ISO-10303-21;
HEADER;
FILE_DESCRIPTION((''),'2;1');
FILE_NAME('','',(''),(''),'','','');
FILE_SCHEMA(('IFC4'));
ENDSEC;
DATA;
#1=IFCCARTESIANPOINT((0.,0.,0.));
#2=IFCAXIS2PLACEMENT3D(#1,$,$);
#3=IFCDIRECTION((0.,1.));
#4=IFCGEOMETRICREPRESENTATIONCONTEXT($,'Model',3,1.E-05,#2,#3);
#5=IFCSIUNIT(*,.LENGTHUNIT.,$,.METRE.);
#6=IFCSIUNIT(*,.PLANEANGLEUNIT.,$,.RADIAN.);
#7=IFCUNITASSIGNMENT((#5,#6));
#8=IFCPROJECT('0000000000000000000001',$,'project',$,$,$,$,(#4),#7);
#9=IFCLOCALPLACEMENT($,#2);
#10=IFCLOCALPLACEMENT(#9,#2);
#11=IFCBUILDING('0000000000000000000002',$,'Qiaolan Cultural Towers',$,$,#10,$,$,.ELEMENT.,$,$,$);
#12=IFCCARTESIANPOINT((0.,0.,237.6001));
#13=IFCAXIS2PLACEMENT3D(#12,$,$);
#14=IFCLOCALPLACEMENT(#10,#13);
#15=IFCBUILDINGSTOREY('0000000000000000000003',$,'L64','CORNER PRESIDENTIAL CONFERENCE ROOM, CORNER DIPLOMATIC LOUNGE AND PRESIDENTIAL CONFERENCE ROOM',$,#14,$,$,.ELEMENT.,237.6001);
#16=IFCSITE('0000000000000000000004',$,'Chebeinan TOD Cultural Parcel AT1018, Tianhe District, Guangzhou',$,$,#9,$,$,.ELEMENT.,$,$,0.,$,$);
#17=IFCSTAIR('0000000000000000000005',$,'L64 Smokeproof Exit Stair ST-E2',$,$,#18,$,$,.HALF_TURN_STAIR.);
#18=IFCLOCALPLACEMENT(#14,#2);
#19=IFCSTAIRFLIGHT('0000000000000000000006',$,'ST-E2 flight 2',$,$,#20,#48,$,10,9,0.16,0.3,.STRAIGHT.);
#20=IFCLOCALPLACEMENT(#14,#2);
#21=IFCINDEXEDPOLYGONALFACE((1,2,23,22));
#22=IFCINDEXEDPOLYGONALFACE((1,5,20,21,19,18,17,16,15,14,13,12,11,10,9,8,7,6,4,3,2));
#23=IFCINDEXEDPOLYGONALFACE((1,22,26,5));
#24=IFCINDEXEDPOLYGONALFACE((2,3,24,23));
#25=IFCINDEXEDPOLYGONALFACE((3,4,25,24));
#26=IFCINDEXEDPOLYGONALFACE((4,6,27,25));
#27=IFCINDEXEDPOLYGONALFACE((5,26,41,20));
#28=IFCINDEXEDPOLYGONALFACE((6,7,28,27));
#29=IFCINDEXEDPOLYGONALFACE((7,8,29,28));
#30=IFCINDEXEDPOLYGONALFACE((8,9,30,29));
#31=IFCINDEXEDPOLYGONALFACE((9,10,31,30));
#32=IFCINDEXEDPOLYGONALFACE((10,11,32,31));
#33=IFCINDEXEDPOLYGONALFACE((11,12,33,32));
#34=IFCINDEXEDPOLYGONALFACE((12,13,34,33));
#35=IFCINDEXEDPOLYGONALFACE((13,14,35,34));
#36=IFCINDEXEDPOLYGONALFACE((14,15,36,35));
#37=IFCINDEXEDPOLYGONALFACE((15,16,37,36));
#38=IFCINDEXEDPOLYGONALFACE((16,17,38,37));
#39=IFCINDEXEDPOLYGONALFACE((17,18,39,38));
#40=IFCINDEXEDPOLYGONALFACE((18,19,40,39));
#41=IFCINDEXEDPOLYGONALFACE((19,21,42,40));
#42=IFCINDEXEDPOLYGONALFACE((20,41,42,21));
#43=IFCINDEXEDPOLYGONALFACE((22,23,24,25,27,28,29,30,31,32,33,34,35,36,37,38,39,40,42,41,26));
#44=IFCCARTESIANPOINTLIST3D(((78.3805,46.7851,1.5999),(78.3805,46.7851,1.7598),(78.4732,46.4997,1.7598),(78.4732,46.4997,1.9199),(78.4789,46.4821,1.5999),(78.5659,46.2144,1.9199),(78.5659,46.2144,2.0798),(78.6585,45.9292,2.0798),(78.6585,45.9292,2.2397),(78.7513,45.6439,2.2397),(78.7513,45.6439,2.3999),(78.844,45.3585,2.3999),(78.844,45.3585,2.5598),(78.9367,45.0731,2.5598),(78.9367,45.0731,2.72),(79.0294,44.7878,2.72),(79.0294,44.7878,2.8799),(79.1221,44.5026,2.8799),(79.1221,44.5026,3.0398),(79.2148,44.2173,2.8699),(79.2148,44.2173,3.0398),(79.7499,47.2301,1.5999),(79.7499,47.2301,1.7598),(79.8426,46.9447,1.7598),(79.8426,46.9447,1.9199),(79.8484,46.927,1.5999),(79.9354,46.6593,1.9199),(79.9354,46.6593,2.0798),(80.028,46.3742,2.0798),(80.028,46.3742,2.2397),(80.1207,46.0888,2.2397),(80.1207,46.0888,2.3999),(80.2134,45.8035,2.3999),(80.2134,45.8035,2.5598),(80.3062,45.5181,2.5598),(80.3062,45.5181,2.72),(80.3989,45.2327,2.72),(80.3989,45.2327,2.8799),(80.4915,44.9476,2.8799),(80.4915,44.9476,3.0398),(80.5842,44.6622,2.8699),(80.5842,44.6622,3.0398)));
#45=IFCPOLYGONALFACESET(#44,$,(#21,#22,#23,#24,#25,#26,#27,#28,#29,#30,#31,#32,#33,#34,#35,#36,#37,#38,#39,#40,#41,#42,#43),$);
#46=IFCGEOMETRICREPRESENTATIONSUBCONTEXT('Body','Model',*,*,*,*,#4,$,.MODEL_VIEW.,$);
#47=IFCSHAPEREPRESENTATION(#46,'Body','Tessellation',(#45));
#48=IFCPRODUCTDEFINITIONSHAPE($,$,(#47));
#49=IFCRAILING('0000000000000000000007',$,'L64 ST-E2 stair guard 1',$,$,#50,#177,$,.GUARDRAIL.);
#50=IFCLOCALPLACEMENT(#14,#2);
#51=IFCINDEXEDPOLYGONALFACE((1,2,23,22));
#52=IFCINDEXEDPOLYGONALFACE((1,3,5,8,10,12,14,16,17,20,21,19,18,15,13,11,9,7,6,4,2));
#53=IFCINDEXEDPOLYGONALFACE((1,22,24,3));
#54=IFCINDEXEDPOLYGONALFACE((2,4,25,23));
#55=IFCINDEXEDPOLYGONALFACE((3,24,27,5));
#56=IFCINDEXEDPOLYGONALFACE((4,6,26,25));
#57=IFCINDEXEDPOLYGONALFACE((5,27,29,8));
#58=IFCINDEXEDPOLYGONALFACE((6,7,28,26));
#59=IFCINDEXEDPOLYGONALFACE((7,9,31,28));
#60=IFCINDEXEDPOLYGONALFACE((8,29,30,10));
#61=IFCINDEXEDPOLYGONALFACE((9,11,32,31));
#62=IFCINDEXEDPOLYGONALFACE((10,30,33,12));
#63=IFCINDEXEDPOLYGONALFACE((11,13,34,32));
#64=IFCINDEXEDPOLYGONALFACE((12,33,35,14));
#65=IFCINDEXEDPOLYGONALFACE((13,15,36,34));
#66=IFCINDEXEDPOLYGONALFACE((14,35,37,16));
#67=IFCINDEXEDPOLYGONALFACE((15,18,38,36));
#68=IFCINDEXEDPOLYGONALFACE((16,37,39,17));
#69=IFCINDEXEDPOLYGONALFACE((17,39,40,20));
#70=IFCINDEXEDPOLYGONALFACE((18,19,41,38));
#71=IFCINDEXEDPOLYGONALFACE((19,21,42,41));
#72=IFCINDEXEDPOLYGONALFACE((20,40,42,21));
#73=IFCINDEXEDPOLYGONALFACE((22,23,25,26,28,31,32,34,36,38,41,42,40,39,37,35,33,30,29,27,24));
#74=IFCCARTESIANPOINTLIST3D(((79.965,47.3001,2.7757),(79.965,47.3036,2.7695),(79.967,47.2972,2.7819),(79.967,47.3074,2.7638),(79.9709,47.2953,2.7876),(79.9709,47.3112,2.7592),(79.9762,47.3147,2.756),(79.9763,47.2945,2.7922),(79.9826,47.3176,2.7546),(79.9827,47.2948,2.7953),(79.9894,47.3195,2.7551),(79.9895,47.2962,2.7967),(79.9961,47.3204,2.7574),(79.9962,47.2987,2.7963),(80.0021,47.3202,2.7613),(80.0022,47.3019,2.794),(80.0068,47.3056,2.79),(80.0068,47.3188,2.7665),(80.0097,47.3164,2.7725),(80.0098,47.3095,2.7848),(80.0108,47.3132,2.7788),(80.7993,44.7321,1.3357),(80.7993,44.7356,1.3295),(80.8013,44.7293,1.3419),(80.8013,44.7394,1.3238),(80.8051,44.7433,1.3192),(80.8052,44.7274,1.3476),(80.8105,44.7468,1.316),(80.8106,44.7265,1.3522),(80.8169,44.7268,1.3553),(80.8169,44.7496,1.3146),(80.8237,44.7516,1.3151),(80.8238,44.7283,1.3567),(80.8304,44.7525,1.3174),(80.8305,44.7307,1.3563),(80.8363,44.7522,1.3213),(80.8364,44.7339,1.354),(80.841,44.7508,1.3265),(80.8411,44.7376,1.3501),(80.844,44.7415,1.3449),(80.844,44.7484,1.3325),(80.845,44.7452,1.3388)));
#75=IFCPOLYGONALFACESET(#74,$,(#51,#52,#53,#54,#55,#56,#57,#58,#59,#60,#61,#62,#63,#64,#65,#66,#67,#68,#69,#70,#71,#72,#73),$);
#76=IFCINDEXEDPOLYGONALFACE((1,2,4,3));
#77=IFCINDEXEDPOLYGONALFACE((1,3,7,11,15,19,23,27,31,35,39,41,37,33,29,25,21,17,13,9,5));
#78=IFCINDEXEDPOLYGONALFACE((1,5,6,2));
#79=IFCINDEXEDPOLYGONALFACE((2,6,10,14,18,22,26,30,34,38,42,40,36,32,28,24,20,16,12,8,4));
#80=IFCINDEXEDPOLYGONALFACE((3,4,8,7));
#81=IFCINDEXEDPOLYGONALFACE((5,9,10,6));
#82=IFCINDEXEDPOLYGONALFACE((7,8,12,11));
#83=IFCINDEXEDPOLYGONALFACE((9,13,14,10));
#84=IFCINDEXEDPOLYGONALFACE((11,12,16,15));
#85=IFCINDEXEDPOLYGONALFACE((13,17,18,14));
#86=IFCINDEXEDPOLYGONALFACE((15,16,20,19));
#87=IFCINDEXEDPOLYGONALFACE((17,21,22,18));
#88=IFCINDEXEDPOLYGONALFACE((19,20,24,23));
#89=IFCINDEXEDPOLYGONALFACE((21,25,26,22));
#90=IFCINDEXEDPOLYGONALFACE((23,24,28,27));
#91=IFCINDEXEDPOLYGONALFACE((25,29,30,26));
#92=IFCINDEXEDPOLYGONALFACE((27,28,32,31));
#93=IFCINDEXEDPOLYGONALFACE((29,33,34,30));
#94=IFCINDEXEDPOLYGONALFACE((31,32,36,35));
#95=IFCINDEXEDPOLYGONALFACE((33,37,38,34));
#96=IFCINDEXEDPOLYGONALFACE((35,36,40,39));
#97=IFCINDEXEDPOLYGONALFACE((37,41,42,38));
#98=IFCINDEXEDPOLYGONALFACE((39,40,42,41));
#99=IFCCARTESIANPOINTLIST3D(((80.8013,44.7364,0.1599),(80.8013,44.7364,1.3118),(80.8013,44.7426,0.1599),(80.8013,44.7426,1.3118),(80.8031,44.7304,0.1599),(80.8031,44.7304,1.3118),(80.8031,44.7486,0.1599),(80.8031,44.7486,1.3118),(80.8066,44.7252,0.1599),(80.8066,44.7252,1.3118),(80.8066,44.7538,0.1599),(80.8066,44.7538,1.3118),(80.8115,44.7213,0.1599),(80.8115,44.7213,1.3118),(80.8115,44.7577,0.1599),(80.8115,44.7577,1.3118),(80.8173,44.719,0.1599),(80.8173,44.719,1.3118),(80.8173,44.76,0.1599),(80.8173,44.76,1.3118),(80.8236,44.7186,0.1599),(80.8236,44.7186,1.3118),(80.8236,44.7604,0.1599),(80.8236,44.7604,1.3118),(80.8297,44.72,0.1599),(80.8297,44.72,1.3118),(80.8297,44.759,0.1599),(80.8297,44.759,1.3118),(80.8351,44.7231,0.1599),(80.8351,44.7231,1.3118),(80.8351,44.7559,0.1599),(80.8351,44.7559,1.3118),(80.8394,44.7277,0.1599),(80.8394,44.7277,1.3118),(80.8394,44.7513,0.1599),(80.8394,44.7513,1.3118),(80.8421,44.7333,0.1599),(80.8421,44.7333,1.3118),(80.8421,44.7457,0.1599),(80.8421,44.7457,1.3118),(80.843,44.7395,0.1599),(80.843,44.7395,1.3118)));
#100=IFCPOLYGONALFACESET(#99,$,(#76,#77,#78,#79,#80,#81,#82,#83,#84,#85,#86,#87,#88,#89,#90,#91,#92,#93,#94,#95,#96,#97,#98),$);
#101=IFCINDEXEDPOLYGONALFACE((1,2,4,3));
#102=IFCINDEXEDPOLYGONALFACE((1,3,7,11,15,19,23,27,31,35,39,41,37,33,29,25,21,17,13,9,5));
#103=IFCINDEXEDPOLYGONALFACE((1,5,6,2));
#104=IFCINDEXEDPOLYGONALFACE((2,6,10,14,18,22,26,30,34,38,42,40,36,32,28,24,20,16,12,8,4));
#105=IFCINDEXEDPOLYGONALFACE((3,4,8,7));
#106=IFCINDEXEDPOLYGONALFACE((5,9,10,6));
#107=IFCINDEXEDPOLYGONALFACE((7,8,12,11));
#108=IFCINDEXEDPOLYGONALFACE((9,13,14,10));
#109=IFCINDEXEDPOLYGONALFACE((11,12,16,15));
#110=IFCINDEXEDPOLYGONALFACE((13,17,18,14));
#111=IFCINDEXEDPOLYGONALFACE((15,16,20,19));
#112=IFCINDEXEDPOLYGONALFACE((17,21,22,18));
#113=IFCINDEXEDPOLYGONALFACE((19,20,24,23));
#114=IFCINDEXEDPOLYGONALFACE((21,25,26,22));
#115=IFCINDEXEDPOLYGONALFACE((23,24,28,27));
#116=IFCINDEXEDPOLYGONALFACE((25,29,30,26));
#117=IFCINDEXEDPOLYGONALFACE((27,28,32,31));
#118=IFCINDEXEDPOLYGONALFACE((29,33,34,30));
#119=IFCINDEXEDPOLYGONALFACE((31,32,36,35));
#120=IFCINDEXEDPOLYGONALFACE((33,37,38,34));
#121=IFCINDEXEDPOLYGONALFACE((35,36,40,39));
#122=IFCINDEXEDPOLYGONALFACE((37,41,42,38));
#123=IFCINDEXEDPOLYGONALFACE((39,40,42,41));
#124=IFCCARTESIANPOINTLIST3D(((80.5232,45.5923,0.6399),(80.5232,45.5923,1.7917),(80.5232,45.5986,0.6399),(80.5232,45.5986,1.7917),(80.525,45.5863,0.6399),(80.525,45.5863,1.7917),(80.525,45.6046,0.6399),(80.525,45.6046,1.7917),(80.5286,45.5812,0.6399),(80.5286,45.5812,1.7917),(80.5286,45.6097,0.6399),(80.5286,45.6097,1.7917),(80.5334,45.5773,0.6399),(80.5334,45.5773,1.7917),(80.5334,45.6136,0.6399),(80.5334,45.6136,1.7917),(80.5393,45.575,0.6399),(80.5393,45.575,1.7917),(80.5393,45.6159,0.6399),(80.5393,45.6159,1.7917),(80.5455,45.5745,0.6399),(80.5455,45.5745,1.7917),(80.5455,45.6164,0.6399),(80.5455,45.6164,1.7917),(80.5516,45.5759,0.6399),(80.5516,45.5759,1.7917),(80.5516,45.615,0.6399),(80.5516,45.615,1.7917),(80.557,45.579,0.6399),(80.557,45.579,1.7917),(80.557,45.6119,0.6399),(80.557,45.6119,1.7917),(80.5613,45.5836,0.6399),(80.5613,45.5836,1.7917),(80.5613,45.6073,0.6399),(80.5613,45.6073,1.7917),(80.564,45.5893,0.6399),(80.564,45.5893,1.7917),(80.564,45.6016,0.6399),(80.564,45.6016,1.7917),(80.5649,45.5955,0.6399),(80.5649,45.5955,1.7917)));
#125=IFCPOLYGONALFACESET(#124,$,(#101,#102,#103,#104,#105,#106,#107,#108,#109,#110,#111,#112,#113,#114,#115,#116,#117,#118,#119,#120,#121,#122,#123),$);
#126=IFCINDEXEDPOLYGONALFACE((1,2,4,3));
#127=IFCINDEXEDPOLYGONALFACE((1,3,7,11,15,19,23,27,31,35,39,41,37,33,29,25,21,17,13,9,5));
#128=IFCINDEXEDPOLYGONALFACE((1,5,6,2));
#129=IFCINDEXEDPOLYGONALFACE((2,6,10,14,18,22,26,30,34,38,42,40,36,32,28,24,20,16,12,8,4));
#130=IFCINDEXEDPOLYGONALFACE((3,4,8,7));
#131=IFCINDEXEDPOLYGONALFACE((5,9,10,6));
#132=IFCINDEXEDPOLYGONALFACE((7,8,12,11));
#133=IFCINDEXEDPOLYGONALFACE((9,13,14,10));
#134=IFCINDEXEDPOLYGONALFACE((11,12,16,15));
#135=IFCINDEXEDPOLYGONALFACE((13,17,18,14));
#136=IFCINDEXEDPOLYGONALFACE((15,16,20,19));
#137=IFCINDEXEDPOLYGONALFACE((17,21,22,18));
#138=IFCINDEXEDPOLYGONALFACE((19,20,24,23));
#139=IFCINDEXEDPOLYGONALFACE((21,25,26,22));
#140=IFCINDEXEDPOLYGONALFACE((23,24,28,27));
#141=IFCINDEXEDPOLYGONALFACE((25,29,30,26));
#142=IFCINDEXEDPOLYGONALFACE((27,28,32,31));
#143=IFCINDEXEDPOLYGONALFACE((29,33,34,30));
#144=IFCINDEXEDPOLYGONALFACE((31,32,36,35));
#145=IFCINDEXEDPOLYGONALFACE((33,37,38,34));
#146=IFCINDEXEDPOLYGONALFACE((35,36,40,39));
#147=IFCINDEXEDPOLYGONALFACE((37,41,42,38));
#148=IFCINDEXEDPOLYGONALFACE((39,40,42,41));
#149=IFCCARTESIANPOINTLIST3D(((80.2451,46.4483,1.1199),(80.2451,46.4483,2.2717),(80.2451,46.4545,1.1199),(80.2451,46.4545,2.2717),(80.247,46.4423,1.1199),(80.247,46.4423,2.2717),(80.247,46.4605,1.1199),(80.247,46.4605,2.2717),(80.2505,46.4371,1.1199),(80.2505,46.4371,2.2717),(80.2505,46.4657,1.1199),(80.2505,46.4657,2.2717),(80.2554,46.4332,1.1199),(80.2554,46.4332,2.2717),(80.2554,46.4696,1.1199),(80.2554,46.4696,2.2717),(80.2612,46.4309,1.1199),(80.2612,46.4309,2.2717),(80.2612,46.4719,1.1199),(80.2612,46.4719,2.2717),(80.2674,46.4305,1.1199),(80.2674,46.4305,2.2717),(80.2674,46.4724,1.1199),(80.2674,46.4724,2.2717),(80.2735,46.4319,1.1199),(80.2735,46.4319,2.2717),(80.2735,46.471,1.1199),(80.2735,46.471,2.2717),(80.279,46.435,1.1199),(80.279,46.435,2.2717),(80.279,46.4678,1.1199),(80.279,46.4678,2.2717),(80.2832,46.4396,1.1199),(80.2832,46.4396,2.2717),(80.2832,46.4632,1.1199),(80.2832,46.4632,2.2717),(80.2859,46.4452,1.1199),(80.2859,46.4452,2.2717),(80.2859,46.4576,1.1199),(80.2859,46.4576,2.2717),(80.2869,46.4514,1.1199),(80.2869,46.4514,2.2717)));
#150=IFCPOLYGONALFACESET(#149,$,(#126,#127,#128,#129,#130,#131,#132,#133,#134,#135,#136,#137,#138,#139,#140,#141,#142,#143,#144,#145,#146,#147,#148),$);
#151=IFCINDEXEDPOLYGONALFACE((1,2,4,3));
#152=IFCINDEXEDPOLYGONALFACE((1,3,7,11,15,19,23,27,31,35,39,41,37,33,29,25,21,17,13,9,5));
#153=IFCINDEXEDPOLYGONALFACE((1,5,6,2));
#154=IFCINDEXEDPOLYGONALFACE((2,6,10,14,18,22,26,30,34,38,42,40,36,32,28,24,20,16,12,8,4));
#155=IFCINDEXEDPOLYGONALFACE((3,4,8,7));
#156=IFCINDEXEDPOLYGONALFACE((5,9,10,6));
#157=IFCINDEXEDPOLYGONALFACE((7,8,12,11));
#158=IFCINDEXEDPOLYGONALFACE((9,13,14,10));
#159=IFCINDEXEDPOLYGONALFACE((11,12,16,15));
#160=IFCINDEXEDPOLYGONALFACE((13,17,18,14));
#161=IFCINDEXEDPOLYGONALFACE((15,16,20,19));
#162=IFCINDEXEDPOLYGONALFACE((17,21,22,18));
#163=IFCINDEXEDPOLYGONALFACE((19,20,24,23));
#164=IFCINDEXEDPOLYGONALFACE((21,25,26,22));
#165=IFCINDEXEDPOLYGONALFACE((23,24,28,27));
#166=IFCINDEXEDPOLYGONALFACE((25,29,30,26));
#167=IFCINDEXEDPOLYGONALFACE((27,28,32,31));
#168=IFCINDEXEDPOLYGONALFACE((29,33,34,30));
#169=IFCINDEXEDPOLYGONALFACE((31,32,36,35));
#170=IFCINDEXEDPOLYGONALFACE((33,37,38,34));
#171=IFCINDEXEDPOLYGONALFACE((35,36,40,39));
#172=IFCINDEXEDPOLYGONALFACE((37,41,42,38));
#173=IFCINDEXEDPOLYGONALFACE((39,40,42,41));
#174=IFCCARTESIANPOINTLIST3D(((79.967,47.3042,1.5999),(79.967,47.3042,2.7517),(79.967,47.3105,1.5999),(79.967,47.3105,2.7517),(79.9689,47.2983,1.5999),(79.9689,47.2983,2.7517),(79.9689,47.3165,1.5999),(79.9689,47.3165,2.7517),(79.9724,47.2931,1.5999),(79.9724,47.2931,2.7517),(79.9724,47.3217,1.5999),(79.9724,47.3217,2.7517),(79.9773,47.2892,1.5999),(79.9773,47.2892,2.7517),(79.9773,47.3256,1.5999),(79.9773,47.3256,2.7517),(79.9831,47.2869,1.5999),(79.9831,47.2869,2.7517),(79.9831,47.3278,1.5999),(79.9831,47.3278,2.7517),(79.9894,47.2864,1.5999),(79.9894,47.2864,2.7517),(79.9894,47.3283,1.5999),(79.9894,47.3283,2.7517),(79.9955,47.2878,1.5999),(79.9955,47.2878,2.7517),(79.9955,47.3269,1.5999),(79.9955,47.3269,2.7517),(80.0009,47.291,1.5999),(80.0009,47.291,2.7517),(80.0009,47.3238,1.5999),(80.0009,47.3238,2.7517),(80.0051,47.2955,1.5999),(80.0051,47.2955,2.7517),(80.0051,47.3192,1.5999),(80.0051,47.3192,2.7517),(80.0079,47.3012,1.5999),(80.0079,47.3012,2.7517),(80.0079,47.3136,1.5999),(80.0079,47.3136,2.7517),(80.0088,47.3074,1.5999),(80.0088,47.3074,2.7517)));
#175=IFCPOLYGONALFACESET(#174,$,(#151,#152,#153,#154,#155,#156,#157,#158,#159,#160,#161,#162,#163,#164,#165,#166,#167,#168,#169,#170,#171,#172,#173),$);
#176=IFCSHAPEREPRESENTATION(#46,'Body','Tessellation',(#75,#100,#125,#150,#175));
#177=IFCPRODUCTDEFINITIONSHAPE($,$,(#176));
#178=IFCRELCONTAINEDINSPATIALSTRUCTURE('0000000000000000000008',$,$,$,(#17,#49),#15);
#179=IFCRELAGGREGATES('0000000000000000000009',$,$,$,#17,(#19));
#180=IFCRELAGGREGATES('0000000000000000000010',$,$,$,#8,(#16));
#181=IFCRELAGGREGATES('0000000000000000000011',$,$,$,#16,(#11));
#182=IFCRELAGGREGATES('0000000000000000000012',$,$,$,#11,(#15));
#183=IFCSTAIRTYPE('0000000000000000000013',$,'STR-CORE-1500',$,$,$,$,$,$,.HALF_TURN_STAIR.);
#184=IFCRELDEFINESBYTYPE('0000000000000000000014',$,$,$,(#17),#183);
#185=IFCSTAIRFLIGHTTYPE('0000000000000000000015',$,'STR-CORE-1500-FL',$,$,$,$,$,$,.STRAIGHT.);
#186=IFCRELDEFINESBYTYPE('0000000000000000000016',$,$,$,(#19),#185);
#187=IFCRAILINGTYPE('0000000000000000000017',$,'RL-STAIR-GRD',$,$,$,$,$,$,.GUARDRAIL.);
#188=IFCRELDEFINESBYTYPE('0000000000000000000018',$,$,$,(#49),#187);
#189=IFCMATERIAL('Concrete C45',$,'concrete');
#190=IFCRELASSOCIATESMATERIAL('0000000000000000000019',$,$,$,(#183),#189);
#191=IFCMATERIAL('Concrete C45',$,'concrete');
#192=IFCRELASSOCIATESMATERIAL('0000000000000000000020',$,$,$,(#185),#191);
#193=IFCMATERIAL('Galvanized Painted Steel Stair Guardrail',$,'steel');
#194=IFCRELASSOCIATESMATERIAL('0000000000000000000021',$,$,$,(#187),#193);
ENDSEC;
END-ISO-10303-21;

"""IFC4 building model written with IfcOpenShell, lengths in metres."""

from ifc_helpers import new_model, si_unit, direction, frame, origin, origin_2d, place, context, subcontext, project, spatial, polyline, circle, outline, extrude, material, type_object, element, aggregate, save


model = new_model("IFC4")

# Units and contexts
model_context = context("Model", 3, precision=1e-05, world=origin(), true_north=direction((0.0, 1.0)))
body_context = subcontext(model_context, "Body", "Model", "MODEL_VIEW")
ifc_project = project(units=[si_unit("LENGTHUNIT", "METRE"), si_unit("PLANEANGLEUNIT", "RADIAN")], contexts=[model_context])

# Site, building, storey
site_placement = place(None, origin())
site = spatial("IfcSite", under=ifc_project, at=site_placement, Name="Chebeinan TOD Cultural Parcel AT1018, Tianhe District, Guangzhou", CompositionType="ELEMENT", RefElevation=0.0)
building_placement = place(site_placement, origin())
building = spatial("IfcBuilding", under=site, at=building_placement, Name="Qiaolan Cultural Towers", CompositionType="ELEMENT")
storey_placement = place(building_placement, frame((0.0, 0.0, 237.6001)))
storey = spatial("IfcBuildingStorey", under=building, at=storey_placement, Name="L64", Description="CORNER PRESIDENTIAL CONFERENCE ROOM, CORNER DIPLOMATIC LOUNGE AND PRESIDENTIAL CONFERENCE ROOM", CompositionType="ELEMENT", Elevation=237.6001)

# Stair, stair flight
ifc_material_1 = material(Name="Concrete C45", Category="concrete")
stair_type = type_object("IfcStairType", Name="STR-CORE-1500", PredefinedType="HALF_TURN_STAIR", material=ifc_material_1)
stair_placement = place(storey_placement, origin())
stair = element("IfcStair", 1, at=stair_placement, inside=storey, type_object=stair_type, Name="L64 Smokeproof Exit Stair ST-E2", PredefinedType="HALF_TURN_STAIR")
ifc_material_2 = material(Name="Concrete C45", Category="concrete")
stair_flight_type = type_object("IfcStairFlightType", Name="STR-CORE-1500-FL", PredefinedType="STRAIGHT", material=ifc_material_2)
stair_flight_1_placement = place(storey_placement, frame((79.0652, 47.0076, 1.5999), z_axis=(0.0, 0.0, 1.0), x_axis=(0.309017, -0.951057, 0.0)))
stair_flight_1 = element("IfcStairFlight", 2, at=stair_flight_1_placement, type_object=stair_flight_type, Name="ST-E2 flight 2", NumberOfRisers=10, NumberOfTreads=9, PredefinedType="STRAIGHT", RiserHeight=0.16, TreadLength=0.3, context=body_context, shape_type="SweptSolid", body=[
    extrude(outline(polyline([(0.0, 0.0), (0.0, 0.1599), (0.3, 0.1599), (0.3, 0.3201), (0.6001, 0.3201), (0.6001, 0.48), (0.8999, 0.48), (0.8999, 0.6399), (1.2, 0.6399), (1.2, 0.8), (1.5, 0.8), (1.5, 0.96), (1.8, 0.96), (1.8, 1.1201), (2.1001, 1.1201), (2.1001, 1.28), (2.3999, 1.28), (2.3999, 1.4399), (2.7, 1.4399), (2.7, 1.6001), (2.7, 1.27), (0.3186, 0.0), (0.0, 0.0)])), frame((0.0, 0.72, 0.0), z_axis=(0.0, -1.0, 0.0), x_axis=(1.0, 0.0, 0.0)), (0.0, 0.0, 1.0), 1.4399),
])
aggregate(stair, [stair_flight_1])

# Railing
ifc_material_3 = material(Name="Galvanized Painted Steel Stair Guardrail", Category="steel")
railing_type_1 = type_object("IfcRailingType", Name="RL-STAIR-GRD", PredefinedType="GUARDRAIL", material=ifc_material_3)
railing_1_placement = place(storey_placement, frame((80.822, 44.7395, 0.1599)))
element("IfcRailing", 3, at=railing_1_placement, inside=storey, type_object=railing_type_1, Name="L64 ST-E2 stair guard 1", PredefinedType="GUARDRAIL", context=body_context, shape_type="SweptSolid", body=[
    extrude(circle(Radius=0.0239, at=origin_2d()), frame((0.0, 0.0, 1.1758), z_axis=(-0.272628, 0.839186, 0.470576), x_axis=(-0.95107, -0.308976, 0.0)), (0.0, 0.0, 1.0), 3.0601),
    extrude(circle(Radius=0.021, at=origin_2d()), origin(), (0.0, 0.0, 1.0), 1.1519),
    extrude(circle(Radius=0.021, at=origin_2d()), frame((-0.2781, 0.856, 0.48)), (0.0, 0.0, 1.0), 1.1519),
    extrude(circle(Radius=0.021, at=origin_2d()), frame((-0.5562, 1.7119, 0.96)), (0.0, 0.0, 1.0), 1.1519),
    extrude(circle(Radius=0.021, at=origin_2d()), frame((-0.8342, 2.5679, 1.4399)), (0.0, 0.0, 1.0), 1.1519),
])

save(model, "model.ifc")
